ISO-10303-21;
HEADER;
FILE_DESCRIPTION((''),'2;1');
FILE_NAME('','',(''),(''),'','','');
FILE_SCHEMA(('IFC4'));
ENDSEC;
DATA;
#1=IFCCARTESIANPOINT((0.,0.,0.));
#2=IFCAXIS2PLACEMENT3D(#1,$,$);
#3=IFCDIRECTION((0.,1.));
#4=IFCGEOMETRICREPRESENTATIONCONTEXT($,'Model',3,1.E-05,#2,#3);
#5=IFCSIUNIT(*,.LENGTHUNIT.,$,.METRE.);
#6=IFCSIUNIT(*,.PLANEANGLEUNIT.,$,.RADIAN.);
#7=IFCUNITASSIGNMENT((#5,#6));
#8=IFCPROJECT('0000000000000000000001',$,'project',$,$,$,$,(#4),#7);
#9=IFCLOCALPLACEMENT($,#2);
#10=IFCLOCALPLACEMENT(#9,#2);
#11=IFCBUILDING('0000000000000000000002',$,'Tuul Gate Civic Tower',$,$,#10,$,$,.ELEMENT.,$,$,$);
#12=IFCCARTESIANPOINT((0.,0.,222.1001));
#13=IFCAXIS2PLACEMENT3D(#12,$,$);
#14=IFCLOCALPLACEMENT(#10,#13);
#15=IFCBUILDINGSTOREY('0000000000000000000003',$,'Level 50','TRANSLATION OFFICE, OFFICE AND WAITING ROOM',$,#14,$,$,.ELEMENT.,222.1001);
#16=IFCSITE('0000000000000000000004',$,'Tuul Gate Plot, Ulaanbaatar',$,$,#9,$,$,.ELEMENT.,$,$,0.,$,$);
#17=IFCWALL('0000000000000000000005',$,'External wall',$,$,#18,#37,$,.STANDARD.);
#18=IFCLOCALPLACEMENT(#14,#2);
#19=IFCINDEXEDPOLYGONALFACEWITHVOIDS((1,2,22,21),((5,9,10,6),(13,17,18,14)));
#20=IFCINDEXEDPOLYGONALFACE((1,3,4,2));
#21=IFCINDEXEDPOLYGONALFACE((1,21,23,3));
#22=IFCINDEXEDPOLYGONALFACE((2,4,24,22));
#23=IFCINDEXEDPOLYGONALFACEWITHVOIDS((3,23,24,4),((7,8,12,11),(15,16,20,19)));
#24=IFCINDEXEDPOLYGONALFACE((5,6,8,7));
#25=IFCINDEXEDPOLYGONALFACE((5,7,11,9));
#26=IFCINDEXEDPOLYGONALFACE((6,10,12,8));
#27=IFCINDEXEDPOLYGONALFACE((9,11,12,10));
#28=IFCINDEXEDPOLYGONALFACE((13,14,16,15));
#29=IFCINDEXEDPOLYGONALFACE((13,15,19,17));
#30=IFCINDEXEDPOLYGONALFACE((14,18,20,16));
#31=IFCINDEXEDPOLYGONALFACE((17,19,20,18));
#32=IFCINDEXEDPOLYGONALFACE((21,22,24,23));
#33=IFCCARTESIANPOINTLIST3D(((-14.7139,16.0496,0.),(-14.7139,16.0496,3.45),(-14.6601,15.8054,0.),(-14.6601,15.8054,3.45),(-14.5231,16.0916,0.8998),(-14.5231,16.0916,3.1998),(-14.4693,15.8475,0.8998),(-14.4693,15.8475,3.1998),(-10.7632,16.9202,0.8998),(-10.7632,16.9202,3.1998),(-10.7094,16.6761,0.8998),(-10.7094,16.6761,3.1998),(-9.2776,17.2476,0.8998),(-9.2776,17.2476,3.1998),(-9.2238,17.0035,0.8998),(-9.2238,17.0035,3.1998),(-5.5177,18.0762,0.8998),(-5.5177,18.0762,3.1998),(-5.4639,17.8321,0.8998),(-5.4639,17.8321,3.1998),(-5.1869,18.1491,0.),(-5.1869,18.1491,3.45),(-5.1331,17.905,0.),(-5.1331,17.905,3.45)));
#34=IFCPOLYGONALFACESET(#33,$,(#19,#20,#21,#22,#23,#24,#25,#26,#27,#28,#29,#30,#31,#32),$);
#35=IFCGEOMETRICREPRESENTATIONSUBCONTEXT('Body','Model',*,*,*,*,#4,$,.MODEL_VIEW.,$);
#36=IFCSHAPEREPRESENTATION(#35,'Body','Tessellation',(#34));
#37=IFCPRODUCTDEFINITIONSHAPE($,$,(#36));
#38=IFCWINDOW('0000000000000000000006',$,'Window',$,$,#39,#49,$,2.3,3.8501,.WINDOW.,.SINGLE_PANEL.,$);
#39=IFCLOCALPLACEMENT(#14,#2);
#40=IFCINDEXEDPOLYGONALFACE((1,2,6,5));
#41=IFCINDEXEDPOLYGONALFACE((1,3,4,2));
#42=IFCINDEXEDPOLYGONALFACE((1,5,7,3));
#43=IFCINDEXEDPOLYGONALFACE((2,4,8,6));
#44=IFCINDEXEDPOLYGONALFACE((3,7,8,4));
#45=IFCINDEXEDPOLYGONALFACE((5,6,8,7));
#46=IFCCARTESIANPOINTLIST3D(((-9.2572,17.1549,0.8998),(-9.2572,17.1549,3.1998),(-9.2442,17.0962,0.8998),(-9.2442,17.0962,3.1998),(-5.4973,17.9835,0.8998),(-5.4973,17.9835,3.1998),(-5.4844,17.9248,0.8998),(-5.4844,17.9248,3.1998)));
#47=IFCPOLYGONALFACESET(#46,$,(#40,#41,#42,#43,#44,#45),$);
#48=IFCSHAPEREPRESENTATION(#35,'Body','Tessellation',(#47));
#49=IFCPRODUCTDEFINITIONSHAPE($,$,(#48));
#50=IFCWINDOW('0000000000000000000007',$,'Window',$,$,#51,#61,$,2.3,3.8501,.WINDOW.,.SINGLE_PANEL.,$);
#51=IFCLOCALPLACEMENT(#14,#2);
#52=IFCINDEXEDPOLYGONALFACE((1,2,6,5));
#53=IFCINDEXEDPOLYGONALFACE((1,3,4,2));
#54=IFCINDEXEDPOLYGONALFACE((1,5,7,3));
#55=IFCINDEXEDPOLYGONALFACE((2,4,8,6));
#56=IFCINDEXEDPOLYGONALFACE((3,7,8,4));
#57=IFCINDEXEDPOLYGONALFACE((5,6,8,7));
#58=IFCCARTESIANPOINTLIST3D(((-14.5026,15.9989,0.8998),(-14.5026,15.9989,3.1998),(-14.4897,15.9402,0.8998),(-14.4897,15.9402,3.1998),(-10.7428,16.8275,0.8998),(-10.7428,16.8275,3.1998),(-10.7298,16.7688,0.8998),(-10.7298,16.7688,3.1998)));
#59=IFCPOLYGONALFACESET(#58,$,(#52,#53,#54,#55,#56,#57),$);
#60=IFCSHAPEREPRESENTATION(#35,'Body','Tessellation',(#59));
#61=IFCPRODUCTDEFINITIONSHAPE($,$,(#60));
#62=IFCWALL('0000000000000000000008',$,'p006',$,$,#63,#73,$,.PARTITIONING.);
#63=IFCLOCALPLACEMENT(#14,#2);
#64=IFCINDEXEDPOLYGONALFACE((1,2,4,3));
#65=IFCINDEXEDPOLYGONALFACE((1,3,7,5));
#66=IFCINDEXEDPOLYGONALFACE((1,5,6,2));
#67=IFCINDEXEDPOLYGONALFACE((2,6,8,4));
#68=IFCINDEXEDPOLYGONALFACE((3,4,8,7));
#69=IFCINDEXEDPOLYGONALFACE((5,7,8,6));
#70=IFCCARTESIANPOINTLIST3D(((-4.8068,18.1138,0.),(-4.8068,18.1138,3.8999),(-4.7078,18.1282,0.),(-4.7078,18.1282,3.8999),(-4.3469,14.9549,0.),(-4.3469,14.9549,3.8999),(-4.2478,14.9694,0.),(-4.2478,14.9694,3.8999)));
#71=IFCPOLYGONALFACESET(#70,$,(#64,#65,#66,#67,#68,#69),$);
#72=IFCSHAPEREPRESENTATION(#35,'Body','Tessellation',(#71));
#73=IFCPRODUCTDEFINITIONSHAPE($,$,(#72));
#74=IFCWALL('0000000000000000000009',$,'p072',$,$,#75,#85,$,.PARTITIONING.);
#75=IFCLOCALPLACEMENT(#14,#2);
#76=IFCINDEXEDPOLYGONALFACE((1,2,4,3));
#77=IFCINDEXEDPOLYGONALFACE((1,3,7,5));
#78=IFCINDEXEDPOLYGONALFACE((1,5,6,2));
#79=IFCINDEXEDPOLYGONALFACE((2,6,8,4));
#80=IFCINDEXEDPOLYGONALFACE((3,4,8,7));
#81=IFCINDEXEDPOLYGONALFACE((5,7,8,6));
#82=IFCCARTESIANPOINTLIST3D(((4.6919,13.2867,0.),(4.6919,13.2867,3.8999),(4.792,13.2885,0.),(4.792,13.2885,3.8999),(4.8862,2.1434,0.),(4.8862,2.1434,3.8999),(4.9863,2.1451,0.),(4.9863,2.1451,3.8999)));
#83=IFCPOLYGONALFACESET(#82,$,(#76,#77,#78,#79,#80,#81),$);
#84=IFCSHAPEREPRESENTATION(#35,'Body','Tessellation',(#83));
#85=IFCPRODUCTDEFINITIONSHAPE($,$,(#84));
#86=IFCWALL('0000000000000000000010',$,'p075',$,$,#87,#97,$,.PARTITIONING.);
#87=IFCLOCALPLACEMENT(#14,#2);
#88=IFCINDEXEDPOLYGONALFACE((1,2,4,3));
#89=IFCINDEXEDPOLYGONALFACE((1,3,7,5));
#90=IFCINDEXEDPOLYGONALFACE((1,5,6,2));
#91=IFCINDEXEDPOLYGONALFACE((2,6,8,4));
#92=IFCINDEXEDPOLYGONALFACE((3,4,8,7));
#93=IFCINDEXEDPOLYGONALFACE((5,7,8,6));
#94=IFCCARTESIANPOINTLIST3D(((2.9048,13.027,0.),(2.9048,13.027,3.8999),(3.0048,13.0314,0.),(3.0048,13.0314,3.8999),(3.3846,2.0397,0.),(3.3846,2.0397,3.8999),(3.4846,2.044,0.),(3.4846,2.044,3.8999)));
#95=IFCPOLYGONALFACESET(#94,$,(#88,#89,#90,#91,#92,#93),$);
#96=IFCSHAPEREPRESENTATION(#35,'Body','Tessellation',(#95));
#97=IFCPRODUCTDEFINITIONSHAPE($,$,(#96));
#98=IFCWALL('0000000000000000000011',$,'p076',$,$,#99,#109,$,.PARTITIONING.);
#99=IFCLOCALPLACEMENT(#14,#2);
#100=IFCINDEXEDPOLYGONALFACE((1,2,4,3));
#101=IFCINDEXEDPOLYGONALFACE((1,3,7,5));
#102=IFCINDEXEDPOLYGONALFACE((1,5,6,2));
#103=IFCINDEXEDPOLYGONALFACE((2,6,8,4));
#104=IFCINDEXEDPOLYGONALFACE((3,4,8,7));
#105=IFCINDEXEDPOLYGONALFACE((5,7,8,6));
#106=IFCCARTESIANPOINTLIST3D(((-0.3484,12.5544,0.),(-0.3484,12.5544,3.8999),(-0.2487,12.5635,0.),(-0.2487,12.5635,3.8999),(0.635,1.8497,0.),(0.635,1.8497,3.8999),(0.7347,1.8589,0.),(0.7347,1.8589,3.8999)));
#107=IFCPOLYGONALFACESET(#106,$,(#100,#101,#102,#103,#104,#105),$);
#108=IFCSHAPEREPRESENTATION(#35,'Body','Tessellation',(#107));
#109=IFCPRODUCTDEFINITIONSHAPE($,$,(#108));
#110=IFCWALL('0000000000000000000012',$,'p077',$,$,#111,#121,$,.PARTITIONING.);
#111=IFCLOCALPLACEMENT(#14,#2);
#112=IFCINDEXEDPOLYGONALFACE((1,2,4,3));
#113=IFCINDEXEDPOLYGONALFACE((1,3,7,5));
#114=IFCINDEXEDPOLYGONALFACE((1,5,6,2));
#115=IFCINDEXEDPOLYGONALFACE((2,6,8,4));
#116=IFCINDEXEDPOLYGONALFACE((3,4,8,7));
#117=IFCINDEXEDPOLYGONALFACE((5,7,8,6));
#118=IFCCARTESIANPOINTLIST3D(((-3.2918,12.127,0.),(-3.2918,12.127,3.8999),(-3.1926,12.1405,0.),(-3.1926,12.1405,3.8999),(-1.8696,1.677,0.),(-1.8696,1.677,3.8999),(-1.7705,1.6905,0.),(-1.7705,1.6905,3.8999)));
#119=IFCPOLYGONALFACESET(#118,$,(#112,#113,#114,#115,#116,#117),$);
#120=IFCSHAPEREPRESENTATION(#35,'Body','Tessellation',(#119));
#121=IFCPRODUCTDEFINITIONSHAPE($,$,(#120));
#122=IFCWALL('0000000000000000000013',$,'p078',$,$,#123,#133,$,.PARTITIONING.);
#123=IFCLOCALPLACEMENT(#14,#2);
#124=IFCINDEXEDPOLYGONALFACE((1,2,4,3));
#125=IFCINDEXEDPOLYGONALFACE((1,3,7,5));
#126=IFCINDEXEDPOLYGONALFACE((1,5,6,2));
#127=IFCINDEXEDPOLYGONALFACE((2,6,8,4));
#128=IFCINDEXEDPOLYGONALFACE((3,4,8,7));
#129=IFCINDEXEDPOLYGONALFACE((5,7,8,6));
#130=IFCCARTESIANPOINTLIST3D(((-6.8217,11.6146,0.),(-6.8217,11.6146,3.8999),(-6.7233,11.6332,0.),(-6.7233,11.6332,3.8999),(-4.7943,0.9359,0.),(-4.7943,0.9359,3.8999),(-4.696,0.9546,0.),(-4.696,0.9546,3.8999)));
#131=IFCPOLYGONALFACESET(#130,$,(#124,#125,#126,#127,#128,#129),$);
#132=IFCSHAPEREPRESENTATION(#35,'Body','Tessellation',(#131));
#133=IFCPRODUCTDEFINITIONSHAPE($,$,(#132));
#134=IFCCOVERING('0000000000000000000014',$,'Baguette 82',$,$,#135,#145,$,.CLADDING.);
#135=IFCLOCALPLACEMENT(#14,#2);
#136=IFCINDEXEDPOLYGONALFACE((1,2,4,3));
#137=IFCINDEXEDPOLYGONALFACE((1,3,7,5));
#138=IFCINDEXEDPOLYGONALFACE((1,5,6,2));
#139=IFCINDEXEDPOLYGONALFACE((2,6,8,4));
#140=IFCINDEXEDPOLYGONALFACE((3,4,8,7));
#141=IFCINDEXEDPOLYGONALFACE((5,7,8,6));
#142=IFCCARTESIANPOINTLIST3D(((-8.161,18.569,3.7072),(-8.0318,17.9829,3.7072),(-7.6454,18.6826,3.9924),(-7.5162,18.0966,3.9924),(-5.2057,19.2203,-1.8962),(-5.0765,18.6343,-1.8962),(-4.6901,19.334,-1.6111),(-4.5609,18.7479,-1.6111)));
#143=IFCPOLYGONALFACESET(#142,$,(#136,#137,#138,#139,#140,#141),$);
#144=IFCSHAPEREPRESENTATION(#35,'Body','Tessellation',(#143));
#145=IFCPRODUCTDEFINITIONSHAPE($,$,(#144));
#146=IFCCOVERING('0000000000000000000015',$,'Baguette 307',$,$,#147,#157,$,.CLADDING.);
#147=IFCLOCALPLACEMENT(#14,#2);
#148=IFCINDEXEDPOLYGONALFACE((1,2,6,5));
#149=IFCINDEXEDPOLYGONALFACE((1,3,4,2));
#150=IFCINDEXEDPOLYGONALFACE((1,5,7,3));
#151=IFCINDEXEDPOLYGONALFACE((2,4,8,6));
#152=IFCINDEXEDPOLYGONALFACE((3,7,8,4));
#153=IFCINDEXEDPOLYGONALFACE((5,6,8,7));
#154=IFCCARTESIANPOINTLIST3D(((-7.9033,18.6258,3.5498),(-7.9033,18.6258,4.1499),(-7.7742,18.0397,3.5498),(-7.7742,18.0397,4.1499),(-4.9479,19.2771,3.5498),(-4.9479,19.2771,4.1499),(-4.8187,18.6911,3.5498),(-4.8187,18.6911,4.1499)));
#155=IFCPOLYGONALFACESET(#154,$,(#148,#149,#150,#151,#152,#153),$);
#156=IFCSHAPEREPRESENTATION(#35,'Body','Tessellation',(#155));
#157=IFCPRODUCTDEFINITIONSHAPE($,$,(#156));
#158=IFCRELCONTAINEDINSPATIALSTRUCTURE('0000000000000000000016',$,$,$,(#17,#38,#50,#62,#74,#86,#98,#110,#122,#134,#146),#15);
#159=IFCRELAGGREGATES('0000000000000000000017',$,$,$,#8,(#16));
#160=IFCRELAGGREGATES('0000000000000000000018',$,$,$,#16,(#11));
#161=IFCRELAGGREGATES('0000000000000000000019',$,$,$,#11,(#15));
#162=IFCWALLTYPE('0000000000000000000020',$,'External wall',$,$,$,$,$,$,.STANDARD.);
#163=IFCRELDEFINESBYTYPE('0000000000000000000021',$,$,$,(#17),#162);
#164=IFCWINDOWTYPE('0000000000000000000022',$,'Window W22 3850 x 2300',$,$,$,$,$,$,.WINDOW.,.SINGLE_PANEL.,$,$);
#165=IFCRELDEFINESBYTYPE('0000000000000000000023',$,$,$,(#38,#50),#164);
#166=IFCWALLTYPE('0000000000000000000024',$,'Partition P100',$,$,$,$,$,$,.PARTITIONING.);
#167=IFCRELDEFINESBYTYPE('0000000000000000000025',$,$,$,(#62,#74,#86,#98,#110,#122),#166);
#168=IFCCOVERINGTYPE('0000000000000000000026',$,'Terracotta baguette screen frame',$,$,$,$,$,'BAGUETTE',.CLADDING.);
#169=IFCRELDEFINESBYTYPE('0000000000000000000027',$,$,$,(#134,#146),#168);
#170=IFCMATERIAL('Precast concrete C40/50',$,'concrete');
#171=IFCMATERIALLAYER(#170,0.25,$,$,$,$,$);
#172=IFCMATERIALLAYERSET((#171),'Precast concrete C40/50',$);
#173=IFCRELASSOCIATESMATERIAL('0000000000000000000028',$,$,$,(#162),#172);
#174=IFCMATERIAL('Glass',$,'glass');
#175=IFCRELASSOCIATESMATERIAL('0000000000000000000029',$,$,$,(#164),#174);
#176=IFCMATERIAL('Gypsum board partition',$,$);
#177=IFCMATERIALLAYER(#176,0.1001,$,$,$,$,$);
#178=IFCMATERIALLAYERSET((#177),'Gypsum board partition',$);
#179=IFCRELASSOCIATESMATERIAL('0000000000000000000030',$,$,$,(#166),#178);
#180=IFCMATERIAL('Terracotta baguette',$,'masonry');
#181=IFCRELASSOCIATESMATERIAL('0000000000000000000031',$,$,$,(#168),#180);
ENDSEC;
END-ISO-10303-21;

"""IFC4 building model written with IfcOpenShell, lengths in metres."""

from ifc_helpers import new_model, si_unit, direction, frame, frame_2d, origin, origin_2d, place, context, subcontext, project, spatial, rectangle, extrude, material, layer, layer_set, material_profile, profile_set, type_object, element, fill, save


model = new_model("IFC4")

# Units and contexts
model_context = context("Model", 3, precision=1e-05, world=origin(), true_north=direction((0.0, 1.0)))
body_context = subcontext(model_context, "Body", "Model", "MODEL_VIEW")
ifc_project = project(units=[si_unit("LENGTHUNIT", "METRE"), si_unit("PLANEANGLEUNIT", "RADIAN")], contexts=[model_context])

# Site, building, storey
site_placement = place(None, origin())
site = spatial("IfcSite", under=ifc_project, at=site_placement, Name="Tuul Gate Plot, Ulaanbaatar", CompositionType="ELEMENT", RefElevation=0.0)
building_placement = place(site_placement, origin())
building = spatial("IfcBuilding", under=site, at=building_placement, Name="Tuul Gate Civic Tower", CompositionType="ELEMENT")
storey_placement = place(building_placement, frame((0.0, 0.0, 222.1001)))
storey = spatial("IfcBuildingStorey", under=building, at=storey_placement, Name="Level 50", Description="TRANSLATION OFFICE, OFFICE AND WAITING ROOM", CompositionType="ELEMENT", Elevation=222.1001)

# Wall, openings, windows
ifc_material_1 = material(Name="Precast concrete C40/50", Category="concrete")
ifc_layer_1 = layer(ifc_material_1, 0.25)
ifc_layer_set_1 = layer_set([ifc_layer_1], Name="Precast concrete C40/50")
wall_type_1 = type_object("IfcWallType", Name="External wall", PredefinedType="STANDARD", material=ifc_layer_set_1)
wall_1_placement = place(storey_placement, frame((-5.1599, 18.0271, 0.0), z_axis=(0.0, 0.0, 1.0), x_axis=(-0.976566, -0.215218, 0.0)))
wall_1 = element("IfcWall", 1, at=wall_1_placement, inside=storey, type_object=wall_type_1, Name="External wall", PredefinedType="STANDARD", context=body_context, shape_type="SweptSolid", body=[
    extrude(rectangle(XDim=9.7556, YDim=0.25, at=frame_2d((4.8779, 0.0))), origin(), (0.0, 0.0, 1.0), 3.45),
])
opening_1_placement = place(wall_1_placement, frame((0.3389, 0.0, 0.8999)))
opening_1 = element("IfcOpeningElement", 2, at=opening_1_placement, cuts=wall_1, PredefinedType="OPENING", context=body_context, shape_type="SweptSolid", body=[
    extrude(rectangle(XDim=3.8501, YDim=2.3, at=frame_2d((1.925, 1.1499))), frame((0.0, 0.135, 0.0), z_axis=(0.0, -1.0, 0.0), x_axis=(1.0, 0.0, 0.0)), (0.0, 0.0, 1.0), 0.27),
])
opening_2_placement = place(wall_1_placement, frame((5.7102, 0.0, 0.8999)))
opening_2 = element("IfcOpeningElement", 3, at=opening_2_placement, cuts=wall_1, PredefinedType="OPENING", context=body_context, shape_type="SweptSolid", body=[
    extrude(rectangle(XDim=3.8501, YDim=2.3, at=frame_2d((1.925, 1.1499))), frame((0.0, 0.135, 0.0), z_axis=(0.0, -1.0, 0.0), x_axis=(1.0, 0.0, 0.0)), (0.0, 0.0, 1.0), 0.27),
])
ifc_material_2 = material(Name="Glass", Category="glass")
window_type = type_object("IfcWindowType", Name="Window W22 3850 x 2300", PartitioningType="SINGLE_PANEL", PredefinedType="WINDOW", material=ifc_material_2)
window_1_placement = place(opening_1_placement, origin())
window_1 = element("IfcWindow", 4, at=window_1_placement, inside=storey, type_object=window_type, Name="Window", OverallHeight=2.3, OverallWidth=3.8501, PartitioningType="SINGLE_PANEL", PredefinedType="WINDOW", context=body_context, shape_type="SweptSolid", body=[
    extrude(rectangle(XDim=3.8501, YDim=2.3, at=frame_2d((1.925, 1.1499))), frame((0.0, 0.03, 0.0), z_axis=(0.0, -1.0, 0.0), x_axis=(1.0, 0.0, 0.0)), (0.0, 0.0, 1.0), 0.0601),
])
fill(opening_1, window_1)
window_2_placement = place(opening_2_placement, origin())
window_2 = element("IfcWindow", 5, at=window_2_placement, inside=storey, type_object=window_type, Name="Window", OverallHeight=2.3, OverallWidth=3.8501, PartitioningType="SINGLE_PANEL", PredefinedType="WINDOW", context=body_context, shape_type="SweptSolid", body=[
    extrude(rectangle(XDim=3.8501, YDim=2.3, at=frame_2d((1.925, 1.1499))), frame((0.0, 0.03, 0.0), z_axis=(0.0, -1.0, 0.0), x_axis=(1.0, 0.0, 0.0)), (0.0, 0.0, 1.0), 0.0601),
])
fill(opening_2, window_2)

# Walls
ifc_material_3 = material(Name="Gypsum board partition")
ifc_layer_2 = layer(ifc_material_3, 0.1001)
ifc_layer_set_2 = layer_set([ifc_layer_2], Name="Gypsum board partition")
wall_type_2 = type_object("IfcWallType", Name="Partition P100", PredefinedType="PARTITIONING", material=ifc_layer_set_2)
wall_2_placement = place(storey_placement, frame((-4.7573, 18.1211, 0.0), z_axis=(0.0, 0.0, 1.0), x_axis=(0.144087, -0.989565, 0.0)))
element("IfcWall", 6, at=wall_2_placement, inside=storey, type_object=wall_type_2, Name="p006", PredefinedType="PARTITIONING", context=body_context, shape_type="SweptSolid", body=[
    extrude(rectangle(XDim=3.1921, YDim=0.1001, at=frame_2d((1.5962, 0.0))), origin(), (0.0, 0.0, 1.0), 3.8999),
])
wall_3_placement = place(storey_placement, frame((4.7419, 13.2876, 0.0), z_axis=(0.0, 0.0, 1.0), x_axis=(0.017437, -0.999848, 0.0)))
element("IfcWall", 7, at=wall_3_placement, inside=storey, type_object=wall_type_2, Name="p072", PredefinedType="PARTITIONING", context=body_context, shape_type="SweptSolid", body=[
    extrude(rectangle(XDim=11.145, YDim=0.1001, at=frame_2d((5.5725, 0.0))), origin(), (0.0, 0.0, 1.0), 3.8999),
])
wall_4_placement = place(storey_placement, frame((2.9548, 13.0293, 0.0), z_axis=(0.0, 0.0, 1.0), x_axis=(0.043621, -0.999048, 0.0)))
element("IfcWall", 8, at=wall_4_placement, inside=storey, type_object=wall_type_2, Name="p075", PredefinedType="PARTITIONING", context=body_context, shape_type="SweptSolid", body=[
    extrude(rectangle(XDim=10.9978, YDim=0.1001, at=frame_2d((5.499, 0.0))), origin(), (0.0, 0.0, 1.0), 3.8999),
])
wall_5_placement = place(storey_placement, frame((-0.2986, 12.5591, 0.0), z_axis=(0.0, 0.0, 1.0), x_axis=(0.091482, -0.995807, 0.0)))
element("IfcWall", 9, at=wall_5_placement, inside=storey, type_object=wall_type_2, Name="p076", PredefinedType="PARTITIONING", context=body_context, shape_type="SweptSolid", body=[
    extrude(rectangle(XDim=10.7498, YDim=0.1001, at=frame_2d((5.375, 0.0))), origin(), (0.0, 0.0, 1.0), 3.8999),
])
wall_6_placement = place(storey_placement, frame((-3.2422, 12.1338, 0.0), z_axis=(0.0, 0.0, 1.0), x_axis=(0.134846, -0.990867, 0.0)))
element("IfcWall", 10, at=wall_6_placement, inside=storey, type_object=wall_type_2, Name="p077", PredefinedType="PARTITIONING", context=body_context, shape_type="SweptSolid", body=[
    extrude(rectangle(XDim=10.5464, YDim=0.1001, at=frame_2d((5.2732, 0.0))), origin(), (0.0, 0.0, 1.0), 3.8999),
])
wall_7_placement = place(storey_placement, frame((-6.7725, 11.6238, 0.0), z_axis=(0.0, 0.0, 1.0), x_axis=(0.186518, -0.982452, 0.0)))
element("IfcWall", 11, at=wall_7_placement, inside=storey, type_object=wall_type_2, Name="p078", PredefinedType="PARTITIONING", context=body_context, shape_type="SweptSolid", body=[
    extrude(rectangle(XDim=10.8694, YDim=0.1001, at=frame_2d((5.4346, 0.0))), origin(), (0.0, 0.0, 1.0), 3.8999),
])

# Coverings
ifc_material_4 = material(Name="Terracotta baguette", Category="masonry")
ifc_material_profile_1 = material_profile(ifc_material_4, rectangle(XDim=0.6001, YDim=0.6001, at=origin_2d()), Name="Terracotta baguette screen frame")
ifc_profile_set_1 = profile_set([ifc_material_profile_1], Name="Terracotta baguette")
covering_type = type_object("IfcCoveringType", Name="Terracotta baguette screen frame", ElementType="BAGUETTE", PredefinedType="CLADDING", material=ifc_profile_set_1)
covering_1_placement = place(storey_placement, frame((-4.8833, 18.9841, -1.7537), z_axis=(-0.464054, -0.10228, 0.879882), x_axis=(0.215239, -0.976561, 0.0)))
element("IfcCovering", 12, at=covering_1_placement, inside=storey, type_object=covering_type, Name="Baguette 82", PredefinedType="CLADDING", context=body_context, shape_type="SweptSolid", body=[
    extrude(rectangle(XDim=0.6001, YDim=0.6001, at=origin_2d()), origin(), (0.0, 0.0, 1.0), 6.3684),
])
covering_2_placement = place(storey_placement, frame((-4.8833, 18.9841, 3.8499), z_axis=(-0.976561, -0.215239, 0.0), x_axis=(0.215239, -0.976561, 0.0)))
element("IfcCovering", 13, at=covering_2_placement, inside=storey, type_object=covering_type, Name="Baguette 307", PredefinedType="CLADDING", context=body_context, shape_type="SweptSolid", body=[
    extrude(rectangle(XDim=0.6001, YDim=0.6001, at=origin_2d()), origin(), (0.0, 0.0, 1.0), 3.0264),
])

save(model, "model.ifc")
